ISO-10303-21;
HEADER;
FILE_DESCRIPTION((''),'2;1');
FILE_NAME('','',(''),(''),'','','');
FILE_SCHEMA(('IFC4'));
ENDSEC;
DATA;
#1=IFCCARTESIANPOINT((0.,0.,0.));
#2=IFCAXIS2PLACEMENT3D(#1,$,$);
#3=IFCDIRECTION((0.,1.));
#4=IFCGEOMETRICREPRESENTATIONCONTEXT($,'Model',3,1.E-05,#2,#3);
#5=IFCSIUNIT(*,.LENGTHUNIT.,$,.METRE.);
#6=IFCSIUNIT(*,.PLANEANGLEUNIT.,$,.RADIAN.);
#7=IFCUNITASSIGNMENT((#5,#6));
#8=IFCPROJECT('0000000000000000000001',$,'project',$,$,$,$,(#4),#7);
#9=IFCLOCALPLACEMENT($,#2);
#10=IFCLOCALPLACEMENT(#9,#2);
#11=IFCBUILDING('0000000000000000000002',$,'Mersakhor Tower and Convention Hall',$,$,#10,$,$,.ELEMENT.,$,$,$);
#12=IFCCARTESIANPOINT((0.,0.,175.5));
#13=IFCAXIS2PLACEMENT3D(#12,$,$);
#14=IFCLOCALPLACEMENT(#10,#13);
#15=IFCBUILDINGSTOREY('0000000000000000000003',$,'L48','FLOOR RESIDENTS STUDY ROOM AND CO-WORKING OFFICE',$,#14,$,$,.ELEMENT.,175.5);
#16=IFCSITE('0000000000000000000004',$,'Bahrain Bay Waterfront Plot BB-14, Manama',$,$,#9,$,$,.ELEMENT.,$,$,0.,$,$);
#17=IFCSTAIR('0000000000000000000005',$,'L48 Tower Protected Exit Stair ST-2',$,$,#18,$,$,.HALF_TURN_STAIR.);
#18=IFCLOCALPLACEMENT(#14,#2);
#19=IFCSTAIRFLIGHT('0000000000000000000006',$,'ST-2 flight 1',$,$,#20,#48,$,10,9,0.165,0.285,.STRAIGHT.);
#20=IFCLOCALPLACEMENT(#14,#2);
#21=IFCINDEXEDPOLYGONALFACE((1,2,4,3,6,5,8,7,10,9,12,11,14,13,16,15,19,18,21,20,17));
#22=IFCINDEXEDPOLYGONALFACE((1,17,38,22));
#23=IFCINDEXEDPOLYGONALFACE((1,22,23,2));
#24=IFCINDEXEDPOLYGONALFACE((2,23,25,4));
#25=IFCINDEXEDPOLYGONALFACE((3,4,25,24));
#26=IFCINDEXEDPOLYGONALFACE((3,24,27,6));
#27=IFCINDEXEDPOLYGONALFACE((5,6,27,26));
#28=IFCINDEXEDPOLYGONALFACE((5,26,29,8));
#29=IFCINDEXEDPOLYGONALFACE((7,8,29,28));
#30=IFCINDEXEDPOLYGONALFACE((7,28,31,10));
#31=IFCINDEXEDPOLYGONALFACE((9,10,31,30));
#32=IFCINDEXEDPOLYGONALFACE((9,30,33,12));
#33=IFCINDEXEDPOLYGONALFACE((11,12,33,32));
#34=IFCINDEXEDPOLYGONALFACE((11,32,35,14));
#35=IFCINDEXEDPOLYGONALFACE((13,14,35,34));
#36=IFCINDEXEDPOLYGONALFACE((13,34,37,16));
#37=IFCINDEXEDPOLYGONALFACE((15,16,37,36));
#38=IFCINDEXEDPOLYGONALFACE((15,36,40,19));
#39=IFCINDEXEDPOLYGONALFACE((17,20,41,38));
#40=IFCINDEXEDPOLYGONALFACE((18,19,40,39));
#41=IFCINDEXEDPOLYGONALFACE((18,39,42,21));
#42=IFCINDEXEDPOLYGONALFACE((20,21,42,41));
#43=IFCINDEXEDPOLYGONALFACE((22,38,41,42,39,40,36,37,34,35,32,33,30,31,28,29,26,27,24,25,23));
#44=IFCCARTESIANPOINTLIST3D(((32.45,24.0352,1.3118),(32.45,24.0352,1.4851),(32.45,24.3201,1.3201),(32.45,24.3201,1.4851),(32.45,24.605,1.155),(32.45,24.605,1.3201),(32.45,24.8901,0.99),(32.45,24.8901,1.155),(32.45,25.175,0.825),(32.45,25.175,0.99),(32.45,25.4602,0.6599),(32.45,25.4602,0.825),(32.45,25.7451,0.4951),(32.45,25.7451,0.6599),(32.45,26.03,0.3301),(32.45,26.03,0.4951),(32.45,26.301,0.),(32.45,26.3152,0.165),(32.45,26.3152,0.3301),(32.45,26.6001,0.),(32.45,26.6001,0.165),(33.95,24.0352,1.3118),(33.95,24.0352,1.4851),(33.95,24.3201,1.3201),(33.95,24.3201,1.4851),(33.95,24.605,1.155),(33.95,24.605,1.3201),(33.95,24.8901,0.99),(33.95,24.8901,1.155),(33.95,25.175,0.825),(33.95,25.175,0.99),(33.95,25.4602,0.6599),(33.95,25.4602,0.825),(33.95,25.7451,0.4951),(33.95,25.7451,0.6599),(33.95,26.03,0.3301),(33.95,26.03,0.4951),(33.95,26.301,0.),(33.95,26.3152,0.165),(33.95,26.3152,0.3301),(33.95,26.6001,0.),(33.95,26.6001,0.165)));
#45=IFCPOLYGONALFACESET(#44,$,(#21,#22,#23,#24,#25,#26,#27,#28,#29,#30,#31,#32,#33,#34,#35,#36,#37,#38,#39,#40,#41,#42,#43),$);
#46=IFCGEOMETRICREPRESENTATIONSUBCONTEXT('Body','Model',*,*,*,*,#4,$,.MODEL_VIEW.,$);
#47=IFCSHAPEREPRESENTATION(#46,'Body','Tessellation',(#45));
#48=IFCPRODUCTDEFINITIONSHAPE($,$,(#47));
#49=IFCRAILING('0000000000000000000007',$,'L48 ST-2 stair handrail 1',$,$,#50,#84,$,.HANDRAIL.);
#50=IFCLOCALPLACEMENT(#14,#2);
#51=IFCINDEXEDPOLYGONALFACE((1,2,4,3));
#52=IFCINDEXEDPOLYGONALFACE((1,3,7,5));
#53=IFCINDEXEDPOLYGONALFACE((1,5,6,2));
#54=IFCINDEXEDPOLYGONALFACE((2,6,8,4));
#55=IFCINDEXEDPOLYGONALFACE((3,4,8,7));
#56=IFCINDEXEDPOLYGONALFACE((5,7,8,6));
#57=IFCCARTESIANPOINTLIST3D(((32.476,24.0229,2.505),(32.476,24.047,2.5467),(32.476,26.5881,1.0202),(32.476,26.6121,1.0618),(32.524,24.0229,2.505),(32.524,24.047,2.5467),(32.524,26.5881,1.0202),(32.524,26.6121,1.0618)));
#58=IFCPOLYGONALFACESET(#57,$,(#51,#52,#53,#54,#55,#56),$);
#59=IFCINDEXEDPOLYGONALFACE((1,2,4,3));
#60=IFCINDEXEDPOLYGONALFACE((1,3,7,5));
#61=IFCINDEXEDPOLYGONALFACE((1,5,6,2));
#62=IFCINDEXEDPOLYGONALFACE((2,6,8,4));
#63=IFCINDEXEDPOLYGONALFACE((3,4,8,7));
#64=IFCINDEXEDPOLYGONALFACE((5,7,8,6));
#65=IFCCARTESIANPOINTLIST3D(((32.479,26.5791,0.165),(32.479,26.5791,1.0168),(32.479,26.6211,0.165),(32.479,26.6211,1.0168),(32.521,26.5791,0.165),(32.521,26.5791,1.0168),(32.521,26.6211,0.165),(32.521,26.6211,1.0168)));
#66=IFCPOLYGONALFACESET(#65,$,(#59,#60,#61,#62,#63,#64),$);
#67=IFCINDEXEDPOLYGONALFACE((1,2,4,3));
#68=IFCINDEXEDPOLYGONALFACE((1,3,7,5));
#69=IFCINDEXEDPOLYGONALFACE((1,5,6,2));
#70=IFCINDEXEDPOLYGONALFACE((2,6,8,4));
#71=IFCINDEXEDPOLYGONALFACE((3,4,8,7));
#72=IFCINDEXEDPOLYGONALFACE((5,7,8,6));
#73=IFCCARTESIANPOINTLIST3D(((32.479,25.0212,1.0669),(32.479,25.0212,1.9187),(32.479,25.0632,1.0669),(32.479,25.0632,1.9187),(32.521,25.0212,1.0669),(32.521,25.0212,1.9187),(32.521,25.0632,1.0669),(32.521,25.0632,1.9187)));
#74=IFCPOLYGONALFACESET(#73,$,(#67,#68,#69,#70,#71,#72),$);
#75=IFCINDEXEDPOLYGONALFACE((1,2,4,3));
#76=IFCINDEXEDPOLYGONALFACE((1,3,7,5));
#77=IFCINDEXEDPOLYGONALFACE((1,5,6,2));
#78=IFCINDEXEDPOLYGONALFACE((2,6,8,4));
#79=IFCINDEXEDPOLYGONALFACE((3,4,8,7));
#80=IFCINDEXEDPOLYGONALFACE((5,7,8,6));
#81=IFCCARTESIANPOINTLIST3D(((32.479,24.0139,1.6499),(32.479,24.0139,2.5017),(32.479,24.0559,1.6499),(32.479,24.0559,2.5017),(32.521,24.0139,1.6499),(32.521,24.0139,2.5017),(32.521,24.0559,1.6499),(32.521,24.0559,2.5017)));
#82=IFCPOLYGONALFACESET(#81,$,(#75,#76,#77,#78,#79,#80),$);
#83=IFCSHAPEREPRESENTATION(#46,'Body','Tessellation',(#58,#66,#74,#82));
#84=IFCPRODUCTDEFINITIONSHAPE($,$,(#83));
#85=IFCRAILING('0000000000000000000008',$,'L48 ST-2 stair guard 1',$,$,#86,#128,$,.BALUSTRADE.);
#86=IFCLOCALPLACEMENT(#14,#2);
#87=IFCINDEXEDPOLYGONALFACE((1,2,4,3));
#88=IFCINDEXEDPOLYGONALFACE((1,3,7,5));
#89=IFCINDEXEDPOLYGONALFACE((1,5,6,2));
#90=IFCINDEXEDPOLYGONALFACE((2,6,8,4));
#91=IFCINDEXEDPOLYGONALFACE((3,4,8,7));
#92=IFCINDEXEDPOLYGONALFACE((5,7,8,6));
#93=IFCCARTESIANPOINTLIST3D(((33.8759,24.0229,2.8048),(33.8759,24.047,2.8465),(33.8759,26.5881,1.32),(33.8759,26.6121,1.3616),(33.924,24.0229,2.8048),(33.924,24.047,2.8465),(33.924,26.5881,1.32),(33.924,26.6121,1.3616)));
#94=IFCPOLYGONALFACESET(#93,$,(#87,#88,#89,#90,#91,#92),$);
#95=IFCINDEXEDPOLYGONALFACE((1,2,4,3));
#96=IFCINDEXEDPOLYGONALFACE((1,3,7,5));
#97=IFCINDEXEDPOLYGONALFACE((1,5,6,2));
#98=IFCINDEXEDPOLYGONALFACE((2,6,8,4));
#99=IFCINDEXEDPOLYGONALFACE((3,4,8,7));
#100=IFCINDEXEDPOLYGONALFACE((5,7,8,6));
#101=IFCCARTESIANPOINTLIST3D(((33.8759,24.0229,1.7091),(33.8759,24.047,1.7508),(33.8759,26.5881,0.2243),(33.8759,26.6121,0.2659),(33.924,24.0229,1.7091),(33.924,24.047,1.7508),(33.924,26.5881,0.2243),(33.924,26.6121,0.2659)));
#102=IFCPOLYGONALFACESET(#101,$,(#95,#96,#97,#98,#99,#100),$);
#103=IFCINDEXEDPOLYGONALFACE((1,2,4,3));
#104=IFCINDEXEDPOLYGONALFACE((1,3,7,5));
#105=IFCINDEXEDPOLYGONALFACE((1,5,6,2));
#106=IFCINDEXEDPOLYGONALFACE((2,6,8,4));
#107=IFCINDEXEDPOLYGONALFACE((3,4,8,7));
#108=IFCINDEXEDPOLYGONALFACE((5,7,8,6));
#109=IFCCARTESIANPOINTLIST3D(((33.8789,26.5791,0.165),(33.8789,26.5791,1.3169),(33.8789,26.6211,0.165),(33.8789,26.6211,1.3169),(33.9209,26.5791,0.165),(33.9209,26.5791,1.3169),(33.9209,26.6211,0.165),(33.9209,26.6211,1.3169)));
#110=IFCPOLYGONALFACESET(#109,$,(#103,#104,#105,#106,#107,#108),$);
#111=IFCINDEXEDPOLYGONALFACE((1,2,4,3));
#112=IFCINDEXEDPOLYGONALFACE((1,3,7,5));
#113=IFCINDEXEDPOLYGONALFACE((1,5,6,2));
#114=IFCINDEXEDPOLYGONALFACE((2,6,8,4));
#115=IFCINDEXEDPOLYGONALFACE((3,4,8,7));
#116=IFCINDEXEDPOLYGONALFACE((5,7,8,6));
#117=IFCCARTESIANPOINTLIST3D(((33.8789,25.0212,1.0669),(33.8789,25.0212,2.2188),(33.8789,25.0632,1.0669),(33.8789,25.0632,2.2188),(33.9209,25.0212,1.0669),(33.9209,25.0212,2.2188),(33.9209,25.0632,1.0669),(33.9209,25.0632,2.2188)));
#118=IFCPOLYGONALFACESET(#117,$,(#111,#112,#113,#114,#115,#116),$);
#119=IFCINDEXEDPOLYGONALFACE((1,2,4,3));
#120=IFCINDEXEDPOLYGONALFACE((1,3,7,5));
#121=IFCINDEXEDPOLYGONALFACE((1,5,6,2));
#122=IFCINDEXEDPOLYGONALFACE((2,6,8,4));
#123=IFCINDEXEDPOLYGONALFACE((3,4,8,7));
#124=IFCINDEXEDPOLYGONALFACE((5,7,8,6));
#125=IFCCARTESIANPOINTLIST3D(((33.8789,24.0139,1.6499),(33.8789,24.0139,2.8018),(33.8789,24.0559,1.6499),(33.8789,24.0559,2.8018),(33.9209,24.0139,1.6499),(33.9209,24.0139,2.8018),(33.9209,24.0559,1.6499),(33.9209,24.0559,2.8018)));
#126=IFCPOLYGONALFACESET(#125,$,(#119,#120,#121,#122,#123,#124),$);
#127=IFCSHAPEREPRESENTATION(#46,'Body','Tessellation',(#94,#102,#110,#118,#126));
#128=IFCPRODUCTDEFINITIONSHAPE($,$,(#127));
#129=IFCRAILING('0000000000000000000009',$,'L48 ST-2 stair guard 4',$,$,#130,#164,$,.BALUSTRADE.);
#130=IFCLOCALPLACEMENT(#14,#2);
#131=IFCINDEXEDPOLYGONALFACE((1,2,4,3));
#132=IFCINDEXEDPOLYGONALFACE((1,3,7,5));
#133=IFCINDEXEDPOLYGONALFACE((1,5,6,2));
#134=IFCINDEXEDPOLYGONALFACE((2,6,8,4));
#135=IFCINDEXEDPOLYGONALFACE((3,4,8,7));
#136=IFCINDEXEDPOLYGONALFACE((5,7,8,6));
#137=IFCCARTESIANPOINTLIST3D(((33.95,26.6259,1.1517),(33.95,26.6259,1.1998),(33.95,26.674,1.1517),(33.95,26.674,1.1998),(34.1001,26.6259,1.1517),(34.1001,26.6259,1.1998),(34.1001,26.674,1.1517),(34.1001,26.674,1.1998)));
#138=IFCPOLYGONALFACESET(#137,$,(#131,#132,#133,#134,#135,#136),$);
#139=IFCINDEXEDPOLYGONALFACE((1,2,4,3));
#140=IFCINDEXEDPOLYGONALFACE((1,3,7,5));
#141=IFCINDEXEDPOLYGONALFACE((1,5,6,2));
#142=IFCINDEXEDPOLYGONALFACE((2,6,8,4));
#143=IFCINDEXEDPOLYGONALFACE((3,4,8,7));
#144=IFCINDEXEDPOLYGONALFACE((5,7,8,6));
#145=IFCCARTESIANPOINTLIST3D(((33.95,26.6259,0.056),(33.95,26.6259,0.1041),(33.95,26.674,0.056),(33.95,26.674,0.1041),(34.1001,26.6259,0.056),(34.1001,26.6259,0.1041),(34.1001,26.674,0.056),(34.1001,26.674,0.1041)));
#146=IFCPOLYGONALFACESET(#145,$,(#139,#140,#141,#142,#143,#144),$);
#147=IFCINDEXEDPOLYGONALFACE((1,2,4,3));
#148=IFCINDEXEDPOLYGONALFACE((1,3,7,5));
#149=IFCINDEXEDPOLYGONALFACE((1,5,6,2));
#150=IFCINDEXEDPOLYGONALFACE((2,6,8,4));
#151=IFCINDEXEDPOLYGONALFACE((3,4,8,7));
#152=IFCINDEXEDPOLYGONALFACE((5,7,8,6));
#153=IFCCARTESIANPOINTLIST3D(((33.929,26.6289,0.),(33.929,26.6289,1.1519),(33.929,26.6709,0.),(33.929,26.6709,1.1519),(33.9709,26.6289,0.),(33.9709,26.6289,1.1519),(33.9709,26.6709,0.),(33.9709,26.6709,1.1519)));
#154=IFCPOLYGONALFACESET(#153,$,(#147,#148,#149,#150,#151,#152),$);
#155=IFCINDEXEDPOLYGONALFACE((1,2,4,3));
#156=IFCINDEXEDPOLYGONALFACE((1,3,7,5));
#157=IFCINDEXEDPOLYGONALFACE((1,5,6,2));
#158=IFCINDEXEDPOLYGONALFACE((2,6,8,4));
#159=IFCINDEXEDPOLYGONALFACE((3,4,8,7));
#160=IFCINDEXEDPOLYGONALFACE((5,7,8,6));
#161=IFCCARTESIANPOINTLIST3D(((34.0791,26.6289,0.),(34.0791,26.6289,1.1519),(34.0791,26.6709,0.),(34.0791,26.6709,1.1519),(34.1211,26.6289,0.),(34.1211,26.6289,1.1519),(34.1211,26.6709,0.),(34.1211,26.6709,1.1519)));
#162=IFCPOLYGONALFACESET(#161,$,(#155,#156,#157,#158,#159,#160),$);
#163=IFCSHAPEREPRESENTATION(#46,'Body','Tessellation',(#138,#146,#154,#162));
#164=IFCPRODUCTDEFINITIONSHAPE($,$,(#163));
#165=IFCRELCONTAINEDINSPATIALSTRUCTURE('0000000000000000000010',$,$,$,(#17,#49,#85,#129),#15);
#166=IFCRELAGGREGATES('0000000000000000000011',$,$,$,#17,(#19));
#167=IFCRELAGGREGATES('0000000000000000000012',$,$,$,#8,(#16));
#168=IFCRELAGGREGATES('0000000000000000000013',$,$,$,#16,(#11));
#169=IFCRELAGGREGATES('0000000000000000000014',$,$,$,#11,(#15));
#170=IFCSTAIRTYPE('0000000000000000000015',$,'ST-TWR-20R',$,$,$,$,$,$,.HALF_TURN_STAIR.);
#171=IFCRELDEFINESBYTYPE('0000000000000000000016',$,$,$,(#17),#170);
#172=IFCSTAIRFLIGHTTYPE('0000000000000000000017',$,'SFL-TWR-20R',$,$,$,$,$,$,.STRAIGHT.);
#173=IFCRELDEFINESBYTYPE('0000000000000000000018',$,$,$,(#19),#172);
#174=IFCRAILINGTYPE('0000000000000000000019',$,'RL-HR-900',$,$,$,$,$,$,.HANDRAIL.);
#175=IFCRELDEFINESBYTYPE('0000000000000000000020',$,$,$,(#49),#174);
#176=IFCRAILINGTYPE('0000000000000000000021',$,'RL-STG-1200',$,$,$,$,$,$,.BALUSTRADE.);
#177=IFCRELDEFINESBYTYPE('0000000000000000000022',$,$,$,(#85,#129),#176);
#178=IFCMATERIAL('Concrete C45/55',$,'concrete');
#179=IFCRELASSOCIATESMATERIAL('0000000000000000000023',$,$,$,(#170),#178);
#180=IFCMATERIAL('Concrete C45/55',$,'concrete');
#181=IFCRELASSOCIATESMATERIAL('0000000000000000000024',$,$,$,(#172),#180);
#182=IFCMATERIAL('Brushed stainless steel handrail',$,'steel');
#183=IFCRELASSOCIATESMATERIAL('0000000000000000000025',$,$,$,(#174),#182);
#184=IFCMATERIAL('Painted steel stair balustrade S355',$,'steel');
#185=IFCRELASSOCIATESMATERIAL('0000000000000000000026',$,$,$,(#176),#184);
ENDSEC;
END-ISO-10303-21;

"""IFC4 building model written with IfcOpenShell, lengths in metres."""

from ifc_helpers import new_model, si_unit, direction, frame, origin, origin_2d, place, context, subcontext, project, spatial, polyline, rectangle, outline, extrude, material, type_object, element, aggregate, save


model = new_model("IFC4")

# Units and contexts
model_context = context("Model", 3, precision=1e-05, world=origin(), true_north=direction((0.0, 1.0)))
body_context = subcontext(model_context, "Body", "Model", "MODEL_VIEW")
ifc_project = project(units=[si_unit("LENGTHUNIT", "METRE"), si_unit("PLANEANGLEUNIT", "RADIAN")], contexts=[model_context])

# Site, building, storey
site_placement = place(None, origin())
site = spatial("IfcSite", under=ifc_project, at=site_placement, Name="Bahrain Bay Waterfront Plot BB-14, Manama", CompositionType="ELEMENT", RefElevation=0.0)
building_placement = place(site_placement, origin())
building = spatial("IfcBuilding", under=site, at=building_placement, Name="Mersakhor Tower and Convention Hall", CompositionType="ELEMENT")
storey_placement = place(building_placement, frame((0.0, 0.0, 175.5)))
storey = spatial("IfcBuildingStorey", under=building, at=storey_placement, Name="L48", Description="FLOOR RESIDENTS STUDY ROOM AND CO-WORKING OFFICE", CompositionType="ELEMENT", Elevation=175.5)

# Stair, stair flight
ifc_material_1 = material(Name="Concrete C45/55", Category="concrete")
stair_type = type_object("IfcStairType", Name="ST-TWR-20R", PredefinedType="HALF_TURN_STAIR", material=ifc_material_1)
stair_placement = place(storey_placement, origin())
stair = element("IfcStair", 1, at=stair_placement, inside=storey, type_object=stair_type, Name="L48 Tower Protected Exit Stair ST-2", PredefinedType="HALF_TURN_STAIR")
ifc_material_2 = material(Name="Concrete C45/55", Category="concrete")
stair_flight_type = type_object("IfcStairFlightType", Name="SFL-TWR-20R", PredefinedType="STRAIGHT", material=ifc_material_2)
stair_flight_placement = place(storey_placement, frame((33.2, 26.6001, 0.0), z_axis=(0.0, 0.0, 1.0), x_axis=(0.0, -1.0, 0.0)))
stair_flight = element("IfcStairFlight", 2, at=stair_flight_placement, type_object=stair_flight_type, Name="ST-2 flight 1", NumberOfRisers=10, NumberOfTreads=9, PredefinedType="STRAIGHT", RiserHeight=0.165, TreadLength=0.285, context=body_context, shape_type="SweptSolid", body=[
    extrude(outline(polyline([(0.0, 0.0), (0.0, 0.165), (0.2849, 0.165), (0.2849, 0.3301), (0.5701, 0.3301), (0.5701, 0.4951), (0.855, 0.4951), (0.855, 0.6599), (1.1399, 0.6599), (1.1399, 0.825), (1.425, 0.825), (1.425, 0.99), (1.71, 0.99), (1.71, 1.155), (1.9951, 1.155), (1.9951, 1.3201), (2.28, 1.3201), (2.28, 1.4851), (2.5649, 1.4851), (2.5649, 1.6499), (2.5649, 1.3118), (0.2991, 0.0), (0.0, 0.0)])), frame((0.0, 0.75, 0.0), z_axis=(0.0, -1.0, 0.0), x_axis=(1.0, 0.0, 0.0)), (0.0, 0.0, 1.0), 1.5),
])
aggregate(stair, [stair_flight])

# Railings
ifc_material_3 = material(Name="Brushed stainless steel handrail", Category="steel")
railing_type_1 = type_object("IfcRailingType", Name="RL-HR-900", PredefinedType="HANDRAIL", material=ifc_material_3)
railing_1_placement = place(storey_placement, frame((32.5, 26.6001, 0.165)))
element("IfcRailing", 3, at=railing_1_placement, inside=storey, type_object=railing_type_1, Name="L48 ST-2 stair handrail 1", PredefinedType="HANDRAIL", context=body_context, shape_type="SweptSolid", body=[
    extrude(rectangle(XDim=0.0481, YDim=0.0481, at=origin_2d()), frame((0.0, 0.0, 0.876), z_axis=(0.0, -0.865462, 0.500975), x_axis=(1.0, 0.0, 0.0)), (0.0, 0.0, 1.0), 2.9639),
    extrude(rectangle(XDim=0.042, YDim=0.042, at=origin_2d()), origin(), (0.0, 0.0, 1.0), 0.8518),
    extrude(rectangle(XDim=0.042, YDim=0.042, at=origin_2d()), frame((0.0, -1.5579, 0.9019)), (0.0, 0.0, 1.0), 0.8518),
    extrude(rectangle(XDim=0.042, YDim=0.042, at=origin_2d()), frame((0.0, -2.5652, 1.4849)), (0.0, 0.0, 1.0), 0.8518),
])
ifc_material_4 = material(Name="Painted steel stair balustrade S355", Category="steel")
railing_type_2 = type_object("IfcRailingType", Name="RL-STG-1200", PredefinedType="BALUSTRADE", material=ifc_material_4)
railing_2_placement = place(storey_placement, frame((33.8999, 26.6001, 0.165)))
element("IfcRailing", 4, at=railing_2_placement, inside=storey, type_object=railing_type_2, Name="L48 ST-2 stair guard 1", PredefinedType="BALUSTRADE", context=body_context, shape_type="SweptSolid", body=[
    extrude(rectangle(XDim=0.0481, YDim=0.0481, at=origin_2d()), frame((0.0, 0.0, 1.1758), z_axis=(0.0, -0.865462, 0.500975), x_axis=(1.0, 0.0, 0.0)), (0.0, 0.0, 1.0), 2.9639),
    extrude(rectangle(XDim=0.0481, YDim=0.0481, at=origin_2d()), frame((0.0, 0.0, 0.0801), z_axis=(0.0, -0.865462, 0.500975), x_axis=(1.0, 0.0, 0.0)), (0.0, 0.0, 1.0), 2.9639),
    extrude(rectangle(XDim=0.042, YDim=0.042, at=origin_2d()), origin(), (0.0, 0.0, 1.0), 1.1519),
    extrude(rectangle(XDim=0.042, YDim=0.042, at=origin_2d()), frame((0.0, -1.5579, 0.9019)), (0.0, 0.0, 1.0), 1.1519),
    extrude(rectangle(XDim=0.042, YDim=0.042, at=origin_2d()), frame((0.0, -2.5652, 1.4849)), (0.0, 0.0, 1.0), 1.1519),
])
railing_3_placement = place(storey_placement, frame((33.95, 26.6499, 0.0)))
element("IfcRailing", 5, at=railing_3_placement, inside=storey, type_object=railing_type_2, Name="L48 ST-2 stair guard 4", PredefinedType="BALUSTRADE", context=body_context, shape_type="SweptSolid", body=[
    extrude(rectangle(XDim=0.0481, YDim=0.0481, at=origin_2d()), frame((0.0, 0.0, 1.1758), z_axis=(1.0, 0.0, 0.0), x_axis=(0.0, 1.0, 0.0)), (0.0, 0.0, 1.0), 0.1501),
    extrude(rectangle(XDim=0.0481, YDim=0.0481, at=origin_2d()), frame((0.0, 0.0, 0.0801), z_axis=(1.0, 0.0, 0.0), x_axis=(0.0, 1.0, 0.0)), (0.0, 0.0, 1.0), 0.1501),
    extrude(rectangle(XDim=0.042, YDim=0.042, at=origin_2d()), origin(), (0.0, 0.0, 1.0), 1.1519),
    extrude(rectangle(XDim=0.042, YDim=0.042, at=origin_2d()), frame((0.1501, 0.0, 0.0)), (0.0, 0.0, 1.0), 1.1519),
])

save(model, "model.ifc")
